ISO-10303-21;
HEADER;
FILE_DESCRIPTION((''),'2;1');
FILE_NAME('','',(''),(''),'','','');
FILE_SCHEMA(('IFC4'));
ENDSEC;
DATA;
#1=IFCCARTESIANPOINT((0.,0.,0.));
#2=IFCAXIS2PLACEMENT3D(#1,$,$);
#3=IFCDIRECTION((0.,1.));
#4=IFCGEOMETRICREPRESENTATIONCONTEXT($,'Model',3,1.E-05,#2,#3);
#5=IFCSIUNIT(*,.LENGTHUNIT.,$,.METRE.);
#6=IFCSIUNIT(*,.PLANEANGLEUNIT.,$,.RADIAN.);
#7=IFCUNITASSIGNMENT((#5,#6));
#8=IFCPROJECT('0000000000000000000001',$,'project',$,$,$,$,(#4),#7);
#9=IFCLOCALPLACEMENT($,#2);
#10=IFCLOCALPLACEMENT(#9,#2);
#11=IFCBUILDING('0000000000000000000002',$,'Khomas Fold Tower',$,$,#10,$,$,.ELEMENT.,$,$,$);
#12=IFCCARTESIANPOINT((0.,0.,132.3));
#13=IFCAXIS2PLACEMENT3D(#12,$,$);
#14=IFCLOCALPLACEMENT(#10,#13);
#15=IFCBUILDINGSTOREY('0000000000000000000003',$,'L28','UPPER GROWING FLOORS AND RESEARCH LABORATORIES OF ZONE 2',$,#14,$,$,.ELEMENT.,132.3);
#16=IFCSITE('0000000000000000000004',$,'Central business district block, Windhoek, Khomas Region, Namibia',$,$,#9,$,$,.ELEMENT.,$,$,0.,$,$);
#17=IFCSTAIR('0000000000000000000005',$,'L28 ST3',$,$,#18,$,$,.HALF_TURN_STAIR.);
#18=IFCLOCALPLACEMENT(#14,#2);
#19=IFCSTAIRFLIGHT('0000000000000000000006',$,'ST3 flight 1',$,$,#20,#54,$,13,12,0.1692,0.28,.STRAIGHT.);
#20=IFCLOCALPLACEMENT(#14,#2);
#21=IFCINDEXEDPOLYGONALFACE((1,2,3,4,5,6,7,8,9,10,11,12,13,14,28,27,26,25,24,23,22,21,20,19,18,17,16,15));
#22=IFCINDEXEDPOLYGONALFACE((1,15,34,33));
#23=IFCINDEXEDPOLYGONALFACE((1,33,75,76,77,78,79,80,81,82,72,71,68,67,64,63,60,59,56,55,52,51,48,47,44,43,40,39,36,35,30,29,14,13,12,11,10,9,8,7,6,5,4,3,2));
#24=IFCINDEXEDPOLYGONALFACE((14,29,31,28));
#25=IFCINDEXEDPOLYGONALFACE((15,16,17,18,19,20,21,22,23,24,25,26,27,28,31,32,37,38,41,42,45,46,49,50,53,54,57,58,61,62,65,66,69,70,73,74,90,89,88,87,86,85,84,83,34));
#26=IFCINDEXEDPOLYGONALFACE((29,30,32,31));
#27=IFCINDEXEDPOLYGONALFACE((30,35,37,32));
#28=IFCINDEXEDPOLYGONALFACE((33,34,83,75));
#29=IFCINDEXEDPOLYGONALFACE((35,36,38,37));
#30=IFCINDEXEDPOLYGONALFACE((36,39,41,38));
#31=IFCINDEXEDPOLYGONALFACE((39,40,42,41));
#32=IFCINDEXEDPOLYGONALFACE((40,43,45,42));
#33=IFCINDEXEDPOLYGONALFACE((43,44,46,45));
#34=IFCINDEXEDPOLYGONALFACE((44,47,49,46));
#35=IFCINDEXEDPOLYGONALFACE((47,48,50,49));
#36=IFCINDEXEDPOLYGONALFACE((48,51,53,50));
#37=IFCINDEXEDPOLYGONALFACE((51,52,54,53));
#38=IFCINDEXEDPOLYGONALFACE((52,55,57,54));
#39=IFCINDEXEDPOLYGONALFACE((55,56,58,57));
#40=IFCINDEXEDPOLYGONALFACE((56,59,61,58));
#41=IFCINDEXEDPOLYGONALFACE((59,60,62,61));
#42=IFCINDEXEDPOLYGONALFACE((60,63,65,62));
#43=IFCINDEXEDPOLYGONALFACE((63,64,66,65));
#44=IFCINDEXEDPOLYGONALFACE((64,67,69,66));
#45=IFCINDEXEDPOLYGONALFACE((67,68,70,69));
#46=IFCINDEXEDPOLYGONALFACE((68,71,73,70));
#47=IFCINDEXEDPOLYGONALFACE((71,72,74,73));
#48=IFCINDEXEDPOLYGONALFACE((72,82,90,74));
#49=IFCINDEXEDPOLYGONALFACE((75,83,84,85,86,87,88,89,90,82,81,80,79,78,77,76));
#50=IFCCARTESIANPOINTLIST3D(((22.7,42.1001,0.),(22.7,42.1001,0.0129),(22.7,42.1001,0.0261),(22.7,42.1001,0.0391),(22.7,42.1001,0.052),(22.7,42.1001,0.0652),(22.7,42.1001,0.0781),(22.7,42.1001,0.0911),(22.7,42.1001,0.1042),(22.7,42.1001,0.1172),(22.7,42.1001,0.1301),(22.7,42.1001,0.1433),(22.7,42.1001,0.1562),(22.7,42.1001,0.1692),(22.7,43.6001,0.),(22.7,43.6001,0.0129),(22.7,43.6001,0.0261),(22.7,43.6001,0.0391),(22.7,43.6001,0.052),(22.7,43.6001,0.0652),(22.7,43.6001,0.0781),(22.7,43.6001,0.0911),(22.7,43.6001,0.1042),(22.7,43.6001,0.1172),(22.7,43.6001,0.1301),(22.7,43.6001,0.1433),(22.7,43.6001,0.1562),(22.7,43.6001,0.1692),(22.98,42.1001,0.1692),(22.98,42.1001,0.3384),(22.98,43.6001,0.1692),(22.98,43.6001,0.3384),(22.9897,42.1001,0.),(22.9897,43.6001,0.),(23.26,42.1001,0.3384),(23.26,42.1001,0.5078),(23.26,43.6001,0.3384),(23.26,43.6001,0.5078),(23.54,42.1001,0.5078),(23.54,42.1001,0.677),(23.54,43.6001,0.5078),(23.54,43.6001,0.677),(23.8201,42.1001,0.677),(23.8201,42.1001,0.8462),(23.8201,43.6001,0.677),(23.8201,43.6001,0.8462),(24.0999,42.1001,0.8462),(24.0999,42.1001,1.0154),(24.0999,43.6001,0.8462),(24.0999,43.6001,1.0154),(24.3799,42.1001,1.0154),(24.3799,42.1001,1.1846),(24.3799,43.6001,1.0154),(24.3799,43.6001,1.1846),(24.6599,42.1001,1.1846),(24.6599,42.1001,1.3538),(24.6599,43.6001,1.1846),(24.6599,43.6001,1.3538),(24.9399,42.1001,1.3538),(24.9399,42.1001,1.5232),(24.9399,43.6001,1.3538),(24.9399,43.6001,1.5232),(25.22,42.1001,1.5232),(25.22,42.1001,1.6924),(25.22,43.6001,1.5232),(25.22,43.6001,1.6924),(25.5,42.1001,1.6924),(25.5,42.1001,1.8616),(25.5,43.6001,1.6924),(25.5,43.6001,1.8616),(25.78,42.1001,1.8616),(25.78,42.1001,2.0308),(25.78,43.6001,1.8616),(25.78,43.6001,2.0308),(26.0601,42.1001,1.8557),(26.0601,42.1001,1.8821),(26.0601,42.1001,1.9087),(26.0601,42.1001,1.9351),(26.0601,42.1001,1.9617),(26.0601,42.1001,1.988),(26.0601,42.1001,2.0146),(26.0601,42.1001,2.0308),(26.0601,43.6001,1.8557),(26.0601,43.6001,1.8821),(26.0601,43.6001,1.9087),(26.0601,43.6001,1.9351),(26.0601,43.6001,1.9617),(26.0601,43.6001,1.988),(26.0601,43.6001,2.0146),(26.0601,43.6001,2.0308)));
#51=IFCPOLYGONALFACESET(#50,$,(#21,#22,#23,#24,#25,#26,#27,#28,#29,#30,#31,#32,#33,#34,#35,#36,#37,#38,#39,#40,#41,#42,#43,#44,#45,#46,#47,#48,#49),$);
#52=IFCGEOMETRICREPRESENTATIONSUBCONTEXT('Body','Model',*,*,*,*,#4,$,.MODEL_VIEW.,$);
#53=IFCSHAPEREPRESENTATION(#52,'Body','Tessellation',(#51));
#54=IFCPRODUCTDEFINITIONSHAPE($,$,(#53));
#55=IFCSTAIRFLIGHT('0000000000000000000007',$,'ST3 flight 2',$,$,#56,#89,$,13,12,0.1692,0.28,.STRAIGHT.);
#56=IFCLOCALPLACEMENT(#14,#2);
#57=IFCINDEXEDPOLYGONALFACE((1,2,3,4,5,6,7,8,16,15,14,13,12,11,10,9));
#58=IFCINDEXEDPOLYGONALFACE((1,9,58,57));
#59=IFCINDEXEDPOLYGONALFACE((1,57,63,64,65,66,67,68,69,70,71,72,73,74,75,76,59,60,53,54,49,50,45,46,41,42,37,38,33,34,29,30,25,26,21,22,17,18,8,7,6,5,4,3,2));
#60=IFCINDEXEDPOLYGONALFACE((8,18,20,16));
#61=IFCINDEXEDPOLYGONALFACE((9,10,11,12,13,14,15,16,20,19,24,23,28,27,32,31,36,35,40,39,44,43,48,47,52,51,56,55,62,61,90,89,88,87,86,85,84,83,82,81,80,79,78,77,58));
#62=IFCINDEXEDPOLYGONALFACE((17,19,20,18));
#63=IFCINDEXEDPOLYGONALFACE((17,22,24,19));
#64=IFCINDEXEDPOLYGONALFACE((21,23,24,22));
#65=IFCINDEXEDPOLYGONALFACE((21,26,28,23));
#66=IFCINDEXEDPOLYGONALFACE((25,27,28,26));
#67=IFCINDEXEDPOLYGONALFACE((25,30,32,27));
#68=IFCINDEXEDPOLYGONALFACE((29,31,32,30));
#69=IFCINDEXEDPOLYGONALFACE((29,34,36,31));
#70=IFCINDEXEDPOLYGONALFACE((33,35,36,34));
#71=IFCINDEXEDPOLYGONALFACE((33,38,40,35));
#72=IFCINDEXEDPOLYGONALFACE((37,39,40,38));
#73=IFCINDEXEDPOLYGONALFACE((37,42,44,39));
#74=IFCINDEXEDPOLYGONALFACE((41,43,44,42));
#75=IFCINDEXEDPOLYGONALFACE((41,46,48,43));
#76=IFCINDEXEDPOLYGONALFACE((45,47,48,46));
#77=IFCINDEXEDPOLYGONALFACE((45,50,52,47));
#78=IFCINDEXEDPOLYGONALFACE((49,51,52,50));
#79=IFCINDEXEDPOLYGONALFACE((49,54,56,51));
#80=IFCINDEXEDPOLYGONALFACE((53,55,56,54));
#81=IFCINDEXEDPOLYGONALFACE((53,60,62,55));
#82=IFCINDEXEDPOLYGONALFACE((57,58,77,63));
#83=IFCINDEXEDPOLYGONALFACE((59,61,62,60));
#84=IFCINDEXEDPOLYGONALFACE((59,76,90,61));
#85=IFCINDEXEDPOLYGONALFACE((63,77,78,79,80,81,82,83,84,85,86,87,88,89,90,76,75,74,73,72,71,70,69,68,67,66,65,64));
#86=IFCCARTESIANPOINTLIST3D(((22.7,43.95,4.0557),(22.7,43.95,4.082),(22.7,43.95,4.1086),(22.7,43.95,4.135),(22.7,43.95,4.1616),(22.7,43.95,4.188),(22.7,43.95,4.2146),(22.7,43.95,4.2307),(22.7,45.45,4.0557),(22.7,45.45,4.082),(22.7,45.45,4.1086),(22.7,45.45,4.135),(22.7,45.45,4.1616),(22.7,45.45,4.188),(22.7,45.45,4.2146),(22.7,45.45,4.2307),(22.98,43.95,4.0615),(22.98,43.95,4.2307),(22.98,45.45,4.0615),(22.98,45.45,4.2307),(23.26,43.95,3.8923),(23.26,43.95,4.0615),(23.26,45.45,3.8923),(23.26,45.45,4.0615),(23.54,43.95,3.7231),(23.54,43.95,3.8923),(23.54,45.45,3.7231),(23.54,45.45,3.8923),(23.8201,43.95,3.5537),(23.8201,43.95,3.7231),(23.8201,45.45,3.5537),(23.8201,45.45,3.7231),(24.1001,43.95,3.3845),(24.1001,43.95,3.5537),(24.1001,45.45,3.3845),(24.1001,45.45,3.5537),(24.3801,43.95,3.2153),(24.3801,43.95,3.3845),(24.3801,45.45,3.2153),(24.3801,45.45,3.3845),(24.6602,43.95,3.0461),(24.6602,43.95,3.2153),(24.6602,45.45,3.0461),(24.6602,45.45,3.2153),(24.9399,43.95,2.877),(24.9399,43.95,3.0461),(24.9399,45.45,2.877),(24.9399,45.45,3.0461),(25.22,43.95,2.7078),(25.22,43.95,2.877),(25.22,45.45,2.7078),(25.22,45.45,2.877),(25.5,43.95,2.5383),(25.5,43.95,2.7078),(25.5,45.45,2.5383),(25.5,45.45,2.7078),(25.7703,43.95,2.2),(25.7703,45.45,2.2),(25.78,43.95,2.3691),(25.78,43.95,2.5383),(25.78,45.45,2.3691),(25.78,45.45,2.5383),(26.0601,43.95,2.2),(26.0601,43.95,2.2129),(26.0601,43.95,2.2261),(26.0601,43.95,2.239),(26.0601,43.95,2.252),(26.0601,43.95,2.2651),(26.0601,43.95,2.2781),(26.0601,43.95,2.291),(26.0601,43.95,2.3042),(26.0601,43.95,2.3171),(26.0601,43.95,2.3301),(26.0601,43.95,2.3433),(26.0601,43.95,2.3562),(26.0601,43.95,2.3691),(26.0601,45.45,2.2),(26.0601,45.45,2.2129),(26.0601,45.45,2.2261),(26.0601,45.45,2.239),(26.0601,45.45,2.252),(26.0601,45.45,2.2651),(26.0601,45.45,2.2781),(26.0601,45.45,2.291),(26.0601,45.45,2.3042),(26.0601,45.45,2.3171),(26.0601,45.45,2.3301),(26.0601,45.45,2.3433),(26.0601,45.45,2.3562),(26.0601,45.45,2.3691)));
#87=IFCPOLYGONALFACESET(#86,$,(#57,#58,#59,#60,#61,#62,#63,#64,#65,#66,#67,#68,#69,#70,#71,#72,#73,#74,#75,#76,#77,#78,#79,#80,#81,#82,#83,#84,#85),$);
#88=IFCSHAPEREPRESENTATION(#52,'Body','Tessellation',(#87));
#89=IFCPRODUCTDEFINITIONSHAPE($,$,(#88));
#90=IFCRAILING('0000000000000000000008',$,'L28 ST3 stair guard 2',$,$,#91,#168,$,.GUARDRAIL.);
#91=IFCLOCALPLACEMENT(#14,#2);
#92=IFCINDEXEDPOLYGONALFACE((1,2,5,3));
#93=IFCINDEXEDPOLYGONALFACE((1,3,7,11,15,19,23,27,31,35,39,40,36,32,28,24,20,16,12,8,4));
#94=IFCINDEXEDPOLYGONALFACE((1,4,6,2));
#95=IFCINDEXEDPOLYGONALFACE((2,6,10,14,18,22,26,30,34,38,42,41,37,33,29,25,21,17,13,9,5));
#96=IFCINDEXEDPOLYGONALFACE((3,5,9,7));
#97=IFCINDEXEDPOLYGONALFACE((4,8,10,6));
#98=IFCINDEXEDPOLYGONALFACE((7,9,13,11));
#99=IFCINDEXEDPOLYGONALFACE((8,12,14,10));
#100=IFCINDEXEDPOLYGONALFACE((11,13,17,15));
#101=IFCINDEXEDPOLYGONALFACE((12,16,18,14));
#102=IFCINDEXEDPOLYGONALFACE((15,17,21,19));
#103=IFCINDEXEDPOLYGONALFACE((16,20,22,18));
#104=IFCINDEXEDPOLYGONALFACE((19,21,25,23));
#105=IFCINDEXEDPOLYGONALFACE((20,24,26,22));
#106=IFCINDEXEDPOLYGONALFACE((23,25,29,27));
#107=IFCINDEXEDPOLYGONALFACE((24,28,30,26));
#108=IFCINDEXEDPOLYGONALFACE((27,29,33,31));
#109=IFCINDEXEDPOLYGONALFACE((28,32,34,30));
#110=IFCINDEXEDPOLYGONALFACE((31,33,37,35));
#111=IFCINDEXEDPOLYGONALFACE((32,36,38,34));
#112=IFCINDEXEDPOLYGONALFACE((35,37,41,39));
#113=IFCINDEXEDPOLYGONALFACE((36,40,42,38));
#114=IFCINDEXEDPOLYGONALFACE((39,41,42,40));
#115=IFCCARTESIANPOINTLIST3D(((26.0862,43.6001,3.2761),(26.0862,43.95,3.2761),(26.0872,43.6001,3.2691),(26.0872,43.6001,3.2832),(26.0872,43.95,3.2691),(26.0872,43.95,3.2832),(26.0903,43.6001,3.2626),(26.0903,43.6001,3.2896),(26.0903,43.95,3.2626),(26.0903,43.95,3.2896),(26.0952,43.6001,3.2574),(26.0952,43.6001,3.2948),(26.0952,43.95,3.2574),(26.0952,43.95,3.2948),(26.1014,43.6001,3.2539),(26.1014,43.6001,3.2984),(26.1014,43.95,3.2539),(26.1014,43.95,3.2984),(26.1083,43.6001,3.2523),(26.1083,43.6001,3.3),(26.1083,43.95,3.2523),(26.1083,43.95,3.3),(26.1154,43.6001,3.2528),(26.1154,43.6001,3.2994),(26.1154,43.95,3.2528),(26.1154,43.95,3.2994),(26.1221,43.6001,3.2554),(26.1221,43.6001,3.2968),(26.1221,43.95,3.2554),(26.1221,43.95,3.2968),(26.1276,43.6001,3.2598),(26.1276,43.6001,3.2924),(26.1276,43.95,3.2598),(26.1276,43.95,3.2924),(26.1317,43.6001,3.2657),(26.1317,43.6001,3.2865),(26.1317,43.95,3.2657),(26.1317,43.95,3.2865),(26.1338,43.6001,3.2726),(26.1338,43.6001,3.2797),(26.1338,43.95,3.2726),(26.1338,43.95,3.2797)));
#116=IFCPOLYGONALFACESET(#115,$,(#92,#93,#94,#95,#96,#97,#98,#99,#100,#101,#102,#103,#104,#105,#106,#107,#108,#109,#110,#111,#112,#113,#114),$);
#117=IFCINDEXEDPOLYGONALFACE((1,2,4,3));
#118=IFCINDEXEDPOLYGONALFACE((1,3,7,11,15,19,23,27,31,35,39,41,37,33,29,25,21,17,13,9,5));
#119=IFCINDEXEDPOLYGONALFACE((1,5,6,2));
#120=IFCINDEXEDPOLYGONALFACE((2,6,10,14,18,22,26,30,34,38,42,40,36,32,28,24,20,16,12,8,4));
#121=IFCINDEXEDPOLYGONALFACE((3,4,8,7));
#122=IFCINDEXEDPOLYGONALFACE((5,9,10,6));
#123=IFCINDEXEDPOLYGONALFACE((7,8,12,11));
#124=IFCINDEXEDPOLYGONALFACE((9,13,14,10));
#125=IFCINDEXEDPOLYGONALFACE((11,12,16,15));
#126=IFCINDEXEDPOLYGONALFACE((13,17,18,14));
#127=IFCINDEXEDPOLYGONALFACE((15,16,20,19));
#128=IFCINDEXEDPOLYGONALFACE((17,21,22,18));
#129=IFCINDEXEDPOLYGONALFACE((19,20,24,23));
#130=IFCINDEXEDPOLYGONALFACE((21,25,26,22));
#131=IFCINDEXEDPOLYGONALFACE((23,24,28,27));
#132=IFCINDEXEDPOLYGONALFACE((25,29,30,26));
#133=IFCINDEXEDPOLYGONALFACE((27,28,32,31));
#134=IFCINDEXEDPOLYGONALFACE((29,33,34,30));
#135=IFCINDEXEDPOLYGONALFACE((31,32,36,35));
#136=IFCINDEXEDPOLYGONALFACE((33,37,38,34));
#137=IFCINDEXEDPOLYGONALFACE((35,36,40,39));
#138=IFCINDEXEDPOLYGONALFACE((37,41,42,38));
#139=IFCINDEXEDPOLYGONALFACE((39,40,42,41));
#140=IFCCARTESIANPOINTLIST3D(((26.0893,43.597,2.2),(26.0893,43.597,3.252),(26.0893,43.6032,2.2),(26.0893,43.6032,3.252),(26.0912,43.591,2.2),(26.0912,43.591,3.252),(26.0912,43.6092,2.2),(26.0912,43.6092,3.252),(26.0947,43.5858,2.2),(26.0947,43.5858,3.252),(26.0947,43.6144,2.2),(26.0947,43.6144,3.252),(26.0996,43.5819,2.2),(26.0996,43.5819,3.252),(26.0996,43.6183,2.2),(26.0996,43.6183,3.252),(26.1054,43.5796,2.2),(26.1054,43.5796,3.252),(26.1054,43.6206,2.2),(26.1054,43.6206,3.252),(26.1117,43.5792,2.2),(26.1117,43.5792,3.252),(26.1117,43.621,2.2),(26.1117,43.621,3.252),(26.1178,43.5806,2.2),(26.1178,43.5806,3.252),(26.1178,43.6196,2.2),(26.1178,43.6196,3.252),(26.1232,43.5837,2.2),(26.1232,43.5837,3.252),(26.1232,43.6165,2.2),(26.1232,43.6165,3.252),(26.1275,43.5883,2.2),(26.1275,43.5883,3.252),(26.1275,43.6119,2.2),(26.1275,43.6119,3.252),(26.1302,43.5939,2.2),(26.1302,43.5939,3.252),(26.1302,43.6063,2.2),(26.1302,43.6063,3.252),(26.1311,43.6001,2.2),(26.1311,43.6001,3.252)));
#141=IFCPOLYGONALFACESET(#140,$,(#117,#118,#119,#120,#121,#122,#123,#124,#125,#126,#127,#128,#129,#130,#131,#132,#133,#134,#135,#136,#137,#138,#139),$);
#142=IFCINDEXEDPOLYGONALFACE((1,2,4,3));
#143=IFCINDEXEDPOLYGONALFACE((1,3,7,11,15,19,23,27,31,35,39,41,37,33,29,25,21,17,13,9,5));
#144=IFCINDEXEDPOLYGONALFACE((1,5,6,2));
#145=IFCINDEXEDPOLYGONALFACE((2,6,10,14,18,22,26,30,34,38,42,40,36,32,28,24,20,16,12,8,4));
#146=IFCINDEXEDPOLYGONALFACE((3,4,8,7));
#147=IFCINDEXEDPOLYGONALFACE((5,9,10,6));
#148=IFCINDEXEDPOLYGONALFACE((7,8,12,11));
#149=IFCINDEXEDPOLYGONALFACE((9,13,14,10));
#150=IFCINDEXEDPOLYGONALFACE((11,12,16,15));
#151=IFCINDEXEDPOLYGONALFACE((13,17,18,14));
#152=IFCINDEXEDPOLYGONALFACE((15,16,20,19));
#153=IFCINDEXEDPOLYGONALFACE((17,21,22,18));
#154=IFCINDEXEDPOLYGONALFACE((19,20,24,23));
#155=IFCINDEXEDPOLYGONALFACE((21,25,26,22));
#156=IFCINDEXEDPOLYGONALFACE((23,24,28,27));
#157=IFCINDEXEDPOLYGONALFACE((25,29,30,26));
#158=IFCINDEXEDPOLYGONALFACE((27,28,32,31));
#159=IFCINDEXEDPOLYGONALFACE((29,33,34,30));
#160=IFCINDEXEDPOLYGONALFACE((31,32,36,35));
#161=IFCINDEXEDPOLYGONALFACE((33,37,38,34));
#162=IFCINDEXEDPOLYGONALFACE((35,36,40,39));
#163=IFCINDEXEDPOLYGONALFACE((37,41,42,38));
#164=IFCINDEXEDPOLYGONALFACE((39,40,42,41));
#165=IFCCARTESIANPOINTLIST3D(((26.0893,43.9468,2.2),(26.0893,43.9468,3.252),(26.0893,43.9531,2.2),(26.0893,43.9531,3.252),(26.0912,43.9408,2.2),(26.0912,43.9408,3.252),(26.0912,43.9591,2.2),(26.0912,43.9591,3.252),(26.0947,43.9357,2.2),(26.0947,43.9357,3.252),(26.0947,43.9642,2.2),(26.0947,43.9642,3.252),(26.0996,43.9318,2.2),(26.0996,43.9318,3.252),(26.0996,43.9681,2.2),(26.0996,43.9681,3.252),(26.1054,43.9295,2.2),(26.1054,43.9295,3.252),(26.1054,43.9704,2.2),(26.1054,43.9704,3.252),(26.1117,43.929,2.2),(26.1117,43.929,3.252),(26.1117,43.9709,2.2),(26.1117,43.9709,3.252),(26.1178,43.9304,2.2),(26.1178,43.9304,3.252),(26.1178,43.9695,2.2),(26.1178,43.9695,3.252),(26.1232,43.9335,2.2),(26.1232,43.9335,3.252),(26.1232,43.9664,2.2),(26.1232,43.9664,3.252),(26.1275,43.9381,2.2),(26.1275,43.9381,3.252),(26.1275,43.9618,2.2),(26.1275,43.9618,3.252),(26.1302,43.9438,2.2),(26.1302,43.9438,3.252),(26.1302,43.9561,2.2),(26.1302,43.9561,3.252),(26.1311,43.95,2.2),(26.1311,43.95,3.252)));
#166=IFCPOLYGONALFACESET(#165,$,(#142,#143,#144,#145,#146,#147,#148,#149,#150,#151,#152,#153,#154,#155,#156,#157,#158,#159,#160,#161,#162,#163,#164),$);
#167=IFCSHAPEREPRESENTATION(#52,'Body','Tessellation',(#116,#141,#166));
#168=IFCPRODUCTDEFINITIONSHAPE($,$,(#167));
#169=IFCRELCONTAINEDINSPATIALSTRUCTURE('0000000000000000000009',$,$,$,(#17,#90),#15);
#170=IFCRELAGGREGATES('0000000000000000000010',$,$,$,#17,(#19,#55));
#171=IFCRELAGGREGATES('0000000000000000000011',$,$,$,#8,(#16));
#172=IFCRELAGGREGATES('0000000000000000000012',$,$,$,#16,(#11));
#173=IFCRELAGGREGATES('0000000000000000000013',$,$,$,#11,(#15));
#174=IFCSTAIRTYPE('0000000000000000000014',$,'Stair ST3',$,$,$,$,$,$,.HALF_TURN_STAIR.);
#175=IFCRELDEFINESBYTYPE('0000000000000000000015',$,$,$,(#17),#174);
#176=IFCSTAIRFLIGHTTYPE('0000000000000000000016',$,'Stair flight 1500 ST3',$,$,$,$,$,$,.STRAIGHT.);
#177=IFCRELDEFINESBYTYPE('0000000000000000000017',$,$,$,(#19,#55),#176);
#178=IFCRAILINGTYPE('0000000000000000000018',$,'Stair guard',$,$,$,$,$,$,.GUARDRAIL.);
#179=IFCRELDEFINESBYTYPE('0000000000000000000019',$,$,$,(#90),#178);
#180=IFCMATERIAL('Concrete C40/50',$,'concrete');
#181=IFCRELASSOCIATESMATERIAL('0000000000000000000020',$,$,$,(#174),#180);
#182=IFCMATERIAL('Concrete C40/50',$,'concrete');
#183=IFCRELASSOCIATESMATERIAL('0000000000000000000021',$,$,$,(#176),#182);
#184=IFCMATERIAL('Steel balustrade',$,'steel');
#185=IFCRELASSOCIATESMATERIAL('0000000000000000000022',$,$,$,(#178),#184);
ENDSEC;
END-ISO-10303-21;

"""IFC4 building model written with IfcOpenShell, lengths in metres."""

from ifc_helpers import new_model, si_unit, direction, frame, origin, origin_2d, place, context, subcontext, project, spatial, polyline, circle, outline, extrude, source, transform, mapped, material, type_object, element, aggregate, save


model = new_model("IFC4")

# Units and contexts
model_context = context("Model", 3, precision=1e-05, world=origin(), true_north=direction((0.0, 1.0)))
body_context = subcontext(model_context, "Body", "Model", "MODEL_VIEW")
ifc_project = project(units=[si_unit("LENGTHUNIT", "METRE"), si_unit("PLANEANGLEUNIT", "RADIAN")], contexts=[model_context])

# Site, building, storey
site_placement = place(None, origin())
site = spatial("IfcSite", under=ifc_project, at=site_placement, Name="Central business district block, Windhoek, Khomas Region, Namibia", CompositionType="ELEMENT", RefElevation=0.0)
building_placement = place(site_placement, origin())
building = spatial("IfcBuilding", under=site, at=building_placement, Name="Khomas Fold Tower", CompositionType="ELEMENT")
storey_placement = place(building_placement, frame((0.0, 0.0, 132.3)))
storey = spatial("IfcBuildingStorey", under=building, at=storey_placement, Name="L28", Description="UPPER GROWING FLOORS AND RESEARCH LABORATORIES OF ZONE 2", CompositionType="ELEMENT", Elevation=132.3)

# Stair, stair flights
ifc_material_1 = material(Name="Concrete C40/50", Category="concrete")
stair_type = type_object("IfcStairType", Name="Stair ST3", PredefinedType="HALF_TURN_STAIR", material=ifc_material_1)
stair_placement = place(storey_placement, origin())
stair = element("IfcStair", 1, at=stair_placement, inside=storey, type_object=stair_type, Name="L28 ST3", PredefinedType="HALF_TURN_STAIR")
ifc_material_2 = material(Name="Concrete C40/50", Category="concrete")
stair_flight_type = type_object("IfcStairFlightType", Name="Stair flight 1500 ST3", PredefinedType="STRAIGHT", material=ifc_material_2)
shared_shape_1 = source(origin(), body_context, "Body", "SweptSolid", [
    extrude(outline(polyline([(0.0, 0.0), (0.0, 0.0129), (0.0, 0.0261), (0.0, 0.0391), (0.0, 0.052), (0.0, 0.0652), (0.0, 0.0781), (0.0, 0.0911), (0.0, 0.1042), (0.0, 0.1172), (0.0, 0.1301), (0.0, 0.1433), (0.0, 0.1562), (0.0, 0.1692), (0.28, 0.1692), (0.28, 0.3384), (0.5601, 0.3384), (0.5601, 0.5078), (0.8401, 0.5078), (0.8401, 0.677), (1.1201, 0.677), (1.1201, 0.8462), (1.3999, 0.8462), (1.3999, 1.0154), (1.6799, 1.0154), (1.6799, 1.1846), (1.96, 1.1846), (1.96, 1.3538), (2.24, 1.3538), (2.24, 1.5232), (2.52, 1.5232), (2.52, 1.6924), (2.8, 1.6924), (2.8, 1.8616), (3.0801, 1.8616), (3.0801, 2.0308), (3.3601, 2.0308), (3.3601, 2.2), (3.3601, 2.1736), (3.3601, 2.147), (3.3601, 2.1206), (3.3601, 2.094), (3.3601, 2.0676), (3.3601, 2.041), (3.3601, 2.0146), (3.3601, 1.988), (3.3601, 1.9617), (3.3601, 1.9351), (3.3601, 1.9087), (3.3601, 1.8821), (3.3601, 1.8557), (0.2898, 0.0), (0.0, 0.0)])), frame((0.0, 0.75, 0.0), z_axis=(0.0, -1.0, 0.0), x_axis=(1.0, 0.0, 0.0)), (0.0, 0.0, 1.0), 1.5),
])
stair_flight_1_placement = place(storey_placement, frame((22.7, 42.8501, 0.0), z_axis=(0.0, 0.0, 1.0), x_axis=(1.0, 0.0, 0.0)))
stair_flight_1 = element("IfcStairFlight", 2, at=stair_flight_1_placement, type_object=stair_flight_type, Name="ST3 flight 1", NumberOfRisers=13, NumberOfTreads=12, PredefinedType="STRAIGHT", RiserHeight=0.1692, TreadLength=0.28, context=body_context, shape_type="MappedRepresentation", body=[
    mapped(shared_shape_1, transform((0.0, 0.0, 0.0))),
])
stair_flight_2_placement = place(storey_placement, frame((26.0601, 44.7, 2.2), z_axis=(0.0, 0.0, 1.0), x_axis=(-1.0, 0.0, 0.0)))
stair_flight_2 = element("IfcStairFlight", 3, at=stair_flight_2_placement, type_object=stair_flight_type, Name="ST3 flight 2", NumberOfRisers=13, NumberOfTreads=12, PredefinedType="STRAIGHT", RiserHeight=0.1692, TreadLength=0.28, context=body_context, shape_type="MappedRepresentation", body=[
    mapped(shared_shape_1, transform((0.0, 0.0, 0.0))),
])
aggregate(stair, [stair_flight_1, stair_flight_2])

# Railing
ifc_material_3 = material(Name="Steel balustrade", Category="steel")
railing_type_1 = type_object("IfcRailingType", Name="Stair guard", PredefinedType="GUARDRAIL", material=ifc_material_3)
shared_shape_2 = source(origin(), body_context, "Body", "SweptSolid", [
    extrude(circle(Radius=0.0239, at=origin_2d()), frame((0.0, 0.0, 1.0762), z_axis=(0.0, 1.0, 0.0), x_axis=(-1.0, 0.0, 0.0)), (0.0, 0.0, 1.0), 0.3499),
    extrude(circle(Radius=0.021, at=origin_2d()), origin(), (0.0, 0.0, 1.0), 1.052),
    extrude(circle(Radius=0.021, at=origin_2d()), frame((0.0, 0.3499, 0.0)), (0.0, 0.0, 1.0), 1.052),
])
for number, where, name in (
    (4, (26.1101, 43.6001, 2.2), "L28 ST3 stair guard 2"),
):
    element("IfcRailing", number, at=place(storey_placement, frame(where)), inside=storey, type_object=railing_type_1, Name=name, PredefinedType="GUARDRAIL", context=body_context, shape_type="MappedRepresentation", body=[
        mapped(shared_shape_2, transform((0.0, 0.0, 0.0))),
    ])

save(model, "model.ifc")
